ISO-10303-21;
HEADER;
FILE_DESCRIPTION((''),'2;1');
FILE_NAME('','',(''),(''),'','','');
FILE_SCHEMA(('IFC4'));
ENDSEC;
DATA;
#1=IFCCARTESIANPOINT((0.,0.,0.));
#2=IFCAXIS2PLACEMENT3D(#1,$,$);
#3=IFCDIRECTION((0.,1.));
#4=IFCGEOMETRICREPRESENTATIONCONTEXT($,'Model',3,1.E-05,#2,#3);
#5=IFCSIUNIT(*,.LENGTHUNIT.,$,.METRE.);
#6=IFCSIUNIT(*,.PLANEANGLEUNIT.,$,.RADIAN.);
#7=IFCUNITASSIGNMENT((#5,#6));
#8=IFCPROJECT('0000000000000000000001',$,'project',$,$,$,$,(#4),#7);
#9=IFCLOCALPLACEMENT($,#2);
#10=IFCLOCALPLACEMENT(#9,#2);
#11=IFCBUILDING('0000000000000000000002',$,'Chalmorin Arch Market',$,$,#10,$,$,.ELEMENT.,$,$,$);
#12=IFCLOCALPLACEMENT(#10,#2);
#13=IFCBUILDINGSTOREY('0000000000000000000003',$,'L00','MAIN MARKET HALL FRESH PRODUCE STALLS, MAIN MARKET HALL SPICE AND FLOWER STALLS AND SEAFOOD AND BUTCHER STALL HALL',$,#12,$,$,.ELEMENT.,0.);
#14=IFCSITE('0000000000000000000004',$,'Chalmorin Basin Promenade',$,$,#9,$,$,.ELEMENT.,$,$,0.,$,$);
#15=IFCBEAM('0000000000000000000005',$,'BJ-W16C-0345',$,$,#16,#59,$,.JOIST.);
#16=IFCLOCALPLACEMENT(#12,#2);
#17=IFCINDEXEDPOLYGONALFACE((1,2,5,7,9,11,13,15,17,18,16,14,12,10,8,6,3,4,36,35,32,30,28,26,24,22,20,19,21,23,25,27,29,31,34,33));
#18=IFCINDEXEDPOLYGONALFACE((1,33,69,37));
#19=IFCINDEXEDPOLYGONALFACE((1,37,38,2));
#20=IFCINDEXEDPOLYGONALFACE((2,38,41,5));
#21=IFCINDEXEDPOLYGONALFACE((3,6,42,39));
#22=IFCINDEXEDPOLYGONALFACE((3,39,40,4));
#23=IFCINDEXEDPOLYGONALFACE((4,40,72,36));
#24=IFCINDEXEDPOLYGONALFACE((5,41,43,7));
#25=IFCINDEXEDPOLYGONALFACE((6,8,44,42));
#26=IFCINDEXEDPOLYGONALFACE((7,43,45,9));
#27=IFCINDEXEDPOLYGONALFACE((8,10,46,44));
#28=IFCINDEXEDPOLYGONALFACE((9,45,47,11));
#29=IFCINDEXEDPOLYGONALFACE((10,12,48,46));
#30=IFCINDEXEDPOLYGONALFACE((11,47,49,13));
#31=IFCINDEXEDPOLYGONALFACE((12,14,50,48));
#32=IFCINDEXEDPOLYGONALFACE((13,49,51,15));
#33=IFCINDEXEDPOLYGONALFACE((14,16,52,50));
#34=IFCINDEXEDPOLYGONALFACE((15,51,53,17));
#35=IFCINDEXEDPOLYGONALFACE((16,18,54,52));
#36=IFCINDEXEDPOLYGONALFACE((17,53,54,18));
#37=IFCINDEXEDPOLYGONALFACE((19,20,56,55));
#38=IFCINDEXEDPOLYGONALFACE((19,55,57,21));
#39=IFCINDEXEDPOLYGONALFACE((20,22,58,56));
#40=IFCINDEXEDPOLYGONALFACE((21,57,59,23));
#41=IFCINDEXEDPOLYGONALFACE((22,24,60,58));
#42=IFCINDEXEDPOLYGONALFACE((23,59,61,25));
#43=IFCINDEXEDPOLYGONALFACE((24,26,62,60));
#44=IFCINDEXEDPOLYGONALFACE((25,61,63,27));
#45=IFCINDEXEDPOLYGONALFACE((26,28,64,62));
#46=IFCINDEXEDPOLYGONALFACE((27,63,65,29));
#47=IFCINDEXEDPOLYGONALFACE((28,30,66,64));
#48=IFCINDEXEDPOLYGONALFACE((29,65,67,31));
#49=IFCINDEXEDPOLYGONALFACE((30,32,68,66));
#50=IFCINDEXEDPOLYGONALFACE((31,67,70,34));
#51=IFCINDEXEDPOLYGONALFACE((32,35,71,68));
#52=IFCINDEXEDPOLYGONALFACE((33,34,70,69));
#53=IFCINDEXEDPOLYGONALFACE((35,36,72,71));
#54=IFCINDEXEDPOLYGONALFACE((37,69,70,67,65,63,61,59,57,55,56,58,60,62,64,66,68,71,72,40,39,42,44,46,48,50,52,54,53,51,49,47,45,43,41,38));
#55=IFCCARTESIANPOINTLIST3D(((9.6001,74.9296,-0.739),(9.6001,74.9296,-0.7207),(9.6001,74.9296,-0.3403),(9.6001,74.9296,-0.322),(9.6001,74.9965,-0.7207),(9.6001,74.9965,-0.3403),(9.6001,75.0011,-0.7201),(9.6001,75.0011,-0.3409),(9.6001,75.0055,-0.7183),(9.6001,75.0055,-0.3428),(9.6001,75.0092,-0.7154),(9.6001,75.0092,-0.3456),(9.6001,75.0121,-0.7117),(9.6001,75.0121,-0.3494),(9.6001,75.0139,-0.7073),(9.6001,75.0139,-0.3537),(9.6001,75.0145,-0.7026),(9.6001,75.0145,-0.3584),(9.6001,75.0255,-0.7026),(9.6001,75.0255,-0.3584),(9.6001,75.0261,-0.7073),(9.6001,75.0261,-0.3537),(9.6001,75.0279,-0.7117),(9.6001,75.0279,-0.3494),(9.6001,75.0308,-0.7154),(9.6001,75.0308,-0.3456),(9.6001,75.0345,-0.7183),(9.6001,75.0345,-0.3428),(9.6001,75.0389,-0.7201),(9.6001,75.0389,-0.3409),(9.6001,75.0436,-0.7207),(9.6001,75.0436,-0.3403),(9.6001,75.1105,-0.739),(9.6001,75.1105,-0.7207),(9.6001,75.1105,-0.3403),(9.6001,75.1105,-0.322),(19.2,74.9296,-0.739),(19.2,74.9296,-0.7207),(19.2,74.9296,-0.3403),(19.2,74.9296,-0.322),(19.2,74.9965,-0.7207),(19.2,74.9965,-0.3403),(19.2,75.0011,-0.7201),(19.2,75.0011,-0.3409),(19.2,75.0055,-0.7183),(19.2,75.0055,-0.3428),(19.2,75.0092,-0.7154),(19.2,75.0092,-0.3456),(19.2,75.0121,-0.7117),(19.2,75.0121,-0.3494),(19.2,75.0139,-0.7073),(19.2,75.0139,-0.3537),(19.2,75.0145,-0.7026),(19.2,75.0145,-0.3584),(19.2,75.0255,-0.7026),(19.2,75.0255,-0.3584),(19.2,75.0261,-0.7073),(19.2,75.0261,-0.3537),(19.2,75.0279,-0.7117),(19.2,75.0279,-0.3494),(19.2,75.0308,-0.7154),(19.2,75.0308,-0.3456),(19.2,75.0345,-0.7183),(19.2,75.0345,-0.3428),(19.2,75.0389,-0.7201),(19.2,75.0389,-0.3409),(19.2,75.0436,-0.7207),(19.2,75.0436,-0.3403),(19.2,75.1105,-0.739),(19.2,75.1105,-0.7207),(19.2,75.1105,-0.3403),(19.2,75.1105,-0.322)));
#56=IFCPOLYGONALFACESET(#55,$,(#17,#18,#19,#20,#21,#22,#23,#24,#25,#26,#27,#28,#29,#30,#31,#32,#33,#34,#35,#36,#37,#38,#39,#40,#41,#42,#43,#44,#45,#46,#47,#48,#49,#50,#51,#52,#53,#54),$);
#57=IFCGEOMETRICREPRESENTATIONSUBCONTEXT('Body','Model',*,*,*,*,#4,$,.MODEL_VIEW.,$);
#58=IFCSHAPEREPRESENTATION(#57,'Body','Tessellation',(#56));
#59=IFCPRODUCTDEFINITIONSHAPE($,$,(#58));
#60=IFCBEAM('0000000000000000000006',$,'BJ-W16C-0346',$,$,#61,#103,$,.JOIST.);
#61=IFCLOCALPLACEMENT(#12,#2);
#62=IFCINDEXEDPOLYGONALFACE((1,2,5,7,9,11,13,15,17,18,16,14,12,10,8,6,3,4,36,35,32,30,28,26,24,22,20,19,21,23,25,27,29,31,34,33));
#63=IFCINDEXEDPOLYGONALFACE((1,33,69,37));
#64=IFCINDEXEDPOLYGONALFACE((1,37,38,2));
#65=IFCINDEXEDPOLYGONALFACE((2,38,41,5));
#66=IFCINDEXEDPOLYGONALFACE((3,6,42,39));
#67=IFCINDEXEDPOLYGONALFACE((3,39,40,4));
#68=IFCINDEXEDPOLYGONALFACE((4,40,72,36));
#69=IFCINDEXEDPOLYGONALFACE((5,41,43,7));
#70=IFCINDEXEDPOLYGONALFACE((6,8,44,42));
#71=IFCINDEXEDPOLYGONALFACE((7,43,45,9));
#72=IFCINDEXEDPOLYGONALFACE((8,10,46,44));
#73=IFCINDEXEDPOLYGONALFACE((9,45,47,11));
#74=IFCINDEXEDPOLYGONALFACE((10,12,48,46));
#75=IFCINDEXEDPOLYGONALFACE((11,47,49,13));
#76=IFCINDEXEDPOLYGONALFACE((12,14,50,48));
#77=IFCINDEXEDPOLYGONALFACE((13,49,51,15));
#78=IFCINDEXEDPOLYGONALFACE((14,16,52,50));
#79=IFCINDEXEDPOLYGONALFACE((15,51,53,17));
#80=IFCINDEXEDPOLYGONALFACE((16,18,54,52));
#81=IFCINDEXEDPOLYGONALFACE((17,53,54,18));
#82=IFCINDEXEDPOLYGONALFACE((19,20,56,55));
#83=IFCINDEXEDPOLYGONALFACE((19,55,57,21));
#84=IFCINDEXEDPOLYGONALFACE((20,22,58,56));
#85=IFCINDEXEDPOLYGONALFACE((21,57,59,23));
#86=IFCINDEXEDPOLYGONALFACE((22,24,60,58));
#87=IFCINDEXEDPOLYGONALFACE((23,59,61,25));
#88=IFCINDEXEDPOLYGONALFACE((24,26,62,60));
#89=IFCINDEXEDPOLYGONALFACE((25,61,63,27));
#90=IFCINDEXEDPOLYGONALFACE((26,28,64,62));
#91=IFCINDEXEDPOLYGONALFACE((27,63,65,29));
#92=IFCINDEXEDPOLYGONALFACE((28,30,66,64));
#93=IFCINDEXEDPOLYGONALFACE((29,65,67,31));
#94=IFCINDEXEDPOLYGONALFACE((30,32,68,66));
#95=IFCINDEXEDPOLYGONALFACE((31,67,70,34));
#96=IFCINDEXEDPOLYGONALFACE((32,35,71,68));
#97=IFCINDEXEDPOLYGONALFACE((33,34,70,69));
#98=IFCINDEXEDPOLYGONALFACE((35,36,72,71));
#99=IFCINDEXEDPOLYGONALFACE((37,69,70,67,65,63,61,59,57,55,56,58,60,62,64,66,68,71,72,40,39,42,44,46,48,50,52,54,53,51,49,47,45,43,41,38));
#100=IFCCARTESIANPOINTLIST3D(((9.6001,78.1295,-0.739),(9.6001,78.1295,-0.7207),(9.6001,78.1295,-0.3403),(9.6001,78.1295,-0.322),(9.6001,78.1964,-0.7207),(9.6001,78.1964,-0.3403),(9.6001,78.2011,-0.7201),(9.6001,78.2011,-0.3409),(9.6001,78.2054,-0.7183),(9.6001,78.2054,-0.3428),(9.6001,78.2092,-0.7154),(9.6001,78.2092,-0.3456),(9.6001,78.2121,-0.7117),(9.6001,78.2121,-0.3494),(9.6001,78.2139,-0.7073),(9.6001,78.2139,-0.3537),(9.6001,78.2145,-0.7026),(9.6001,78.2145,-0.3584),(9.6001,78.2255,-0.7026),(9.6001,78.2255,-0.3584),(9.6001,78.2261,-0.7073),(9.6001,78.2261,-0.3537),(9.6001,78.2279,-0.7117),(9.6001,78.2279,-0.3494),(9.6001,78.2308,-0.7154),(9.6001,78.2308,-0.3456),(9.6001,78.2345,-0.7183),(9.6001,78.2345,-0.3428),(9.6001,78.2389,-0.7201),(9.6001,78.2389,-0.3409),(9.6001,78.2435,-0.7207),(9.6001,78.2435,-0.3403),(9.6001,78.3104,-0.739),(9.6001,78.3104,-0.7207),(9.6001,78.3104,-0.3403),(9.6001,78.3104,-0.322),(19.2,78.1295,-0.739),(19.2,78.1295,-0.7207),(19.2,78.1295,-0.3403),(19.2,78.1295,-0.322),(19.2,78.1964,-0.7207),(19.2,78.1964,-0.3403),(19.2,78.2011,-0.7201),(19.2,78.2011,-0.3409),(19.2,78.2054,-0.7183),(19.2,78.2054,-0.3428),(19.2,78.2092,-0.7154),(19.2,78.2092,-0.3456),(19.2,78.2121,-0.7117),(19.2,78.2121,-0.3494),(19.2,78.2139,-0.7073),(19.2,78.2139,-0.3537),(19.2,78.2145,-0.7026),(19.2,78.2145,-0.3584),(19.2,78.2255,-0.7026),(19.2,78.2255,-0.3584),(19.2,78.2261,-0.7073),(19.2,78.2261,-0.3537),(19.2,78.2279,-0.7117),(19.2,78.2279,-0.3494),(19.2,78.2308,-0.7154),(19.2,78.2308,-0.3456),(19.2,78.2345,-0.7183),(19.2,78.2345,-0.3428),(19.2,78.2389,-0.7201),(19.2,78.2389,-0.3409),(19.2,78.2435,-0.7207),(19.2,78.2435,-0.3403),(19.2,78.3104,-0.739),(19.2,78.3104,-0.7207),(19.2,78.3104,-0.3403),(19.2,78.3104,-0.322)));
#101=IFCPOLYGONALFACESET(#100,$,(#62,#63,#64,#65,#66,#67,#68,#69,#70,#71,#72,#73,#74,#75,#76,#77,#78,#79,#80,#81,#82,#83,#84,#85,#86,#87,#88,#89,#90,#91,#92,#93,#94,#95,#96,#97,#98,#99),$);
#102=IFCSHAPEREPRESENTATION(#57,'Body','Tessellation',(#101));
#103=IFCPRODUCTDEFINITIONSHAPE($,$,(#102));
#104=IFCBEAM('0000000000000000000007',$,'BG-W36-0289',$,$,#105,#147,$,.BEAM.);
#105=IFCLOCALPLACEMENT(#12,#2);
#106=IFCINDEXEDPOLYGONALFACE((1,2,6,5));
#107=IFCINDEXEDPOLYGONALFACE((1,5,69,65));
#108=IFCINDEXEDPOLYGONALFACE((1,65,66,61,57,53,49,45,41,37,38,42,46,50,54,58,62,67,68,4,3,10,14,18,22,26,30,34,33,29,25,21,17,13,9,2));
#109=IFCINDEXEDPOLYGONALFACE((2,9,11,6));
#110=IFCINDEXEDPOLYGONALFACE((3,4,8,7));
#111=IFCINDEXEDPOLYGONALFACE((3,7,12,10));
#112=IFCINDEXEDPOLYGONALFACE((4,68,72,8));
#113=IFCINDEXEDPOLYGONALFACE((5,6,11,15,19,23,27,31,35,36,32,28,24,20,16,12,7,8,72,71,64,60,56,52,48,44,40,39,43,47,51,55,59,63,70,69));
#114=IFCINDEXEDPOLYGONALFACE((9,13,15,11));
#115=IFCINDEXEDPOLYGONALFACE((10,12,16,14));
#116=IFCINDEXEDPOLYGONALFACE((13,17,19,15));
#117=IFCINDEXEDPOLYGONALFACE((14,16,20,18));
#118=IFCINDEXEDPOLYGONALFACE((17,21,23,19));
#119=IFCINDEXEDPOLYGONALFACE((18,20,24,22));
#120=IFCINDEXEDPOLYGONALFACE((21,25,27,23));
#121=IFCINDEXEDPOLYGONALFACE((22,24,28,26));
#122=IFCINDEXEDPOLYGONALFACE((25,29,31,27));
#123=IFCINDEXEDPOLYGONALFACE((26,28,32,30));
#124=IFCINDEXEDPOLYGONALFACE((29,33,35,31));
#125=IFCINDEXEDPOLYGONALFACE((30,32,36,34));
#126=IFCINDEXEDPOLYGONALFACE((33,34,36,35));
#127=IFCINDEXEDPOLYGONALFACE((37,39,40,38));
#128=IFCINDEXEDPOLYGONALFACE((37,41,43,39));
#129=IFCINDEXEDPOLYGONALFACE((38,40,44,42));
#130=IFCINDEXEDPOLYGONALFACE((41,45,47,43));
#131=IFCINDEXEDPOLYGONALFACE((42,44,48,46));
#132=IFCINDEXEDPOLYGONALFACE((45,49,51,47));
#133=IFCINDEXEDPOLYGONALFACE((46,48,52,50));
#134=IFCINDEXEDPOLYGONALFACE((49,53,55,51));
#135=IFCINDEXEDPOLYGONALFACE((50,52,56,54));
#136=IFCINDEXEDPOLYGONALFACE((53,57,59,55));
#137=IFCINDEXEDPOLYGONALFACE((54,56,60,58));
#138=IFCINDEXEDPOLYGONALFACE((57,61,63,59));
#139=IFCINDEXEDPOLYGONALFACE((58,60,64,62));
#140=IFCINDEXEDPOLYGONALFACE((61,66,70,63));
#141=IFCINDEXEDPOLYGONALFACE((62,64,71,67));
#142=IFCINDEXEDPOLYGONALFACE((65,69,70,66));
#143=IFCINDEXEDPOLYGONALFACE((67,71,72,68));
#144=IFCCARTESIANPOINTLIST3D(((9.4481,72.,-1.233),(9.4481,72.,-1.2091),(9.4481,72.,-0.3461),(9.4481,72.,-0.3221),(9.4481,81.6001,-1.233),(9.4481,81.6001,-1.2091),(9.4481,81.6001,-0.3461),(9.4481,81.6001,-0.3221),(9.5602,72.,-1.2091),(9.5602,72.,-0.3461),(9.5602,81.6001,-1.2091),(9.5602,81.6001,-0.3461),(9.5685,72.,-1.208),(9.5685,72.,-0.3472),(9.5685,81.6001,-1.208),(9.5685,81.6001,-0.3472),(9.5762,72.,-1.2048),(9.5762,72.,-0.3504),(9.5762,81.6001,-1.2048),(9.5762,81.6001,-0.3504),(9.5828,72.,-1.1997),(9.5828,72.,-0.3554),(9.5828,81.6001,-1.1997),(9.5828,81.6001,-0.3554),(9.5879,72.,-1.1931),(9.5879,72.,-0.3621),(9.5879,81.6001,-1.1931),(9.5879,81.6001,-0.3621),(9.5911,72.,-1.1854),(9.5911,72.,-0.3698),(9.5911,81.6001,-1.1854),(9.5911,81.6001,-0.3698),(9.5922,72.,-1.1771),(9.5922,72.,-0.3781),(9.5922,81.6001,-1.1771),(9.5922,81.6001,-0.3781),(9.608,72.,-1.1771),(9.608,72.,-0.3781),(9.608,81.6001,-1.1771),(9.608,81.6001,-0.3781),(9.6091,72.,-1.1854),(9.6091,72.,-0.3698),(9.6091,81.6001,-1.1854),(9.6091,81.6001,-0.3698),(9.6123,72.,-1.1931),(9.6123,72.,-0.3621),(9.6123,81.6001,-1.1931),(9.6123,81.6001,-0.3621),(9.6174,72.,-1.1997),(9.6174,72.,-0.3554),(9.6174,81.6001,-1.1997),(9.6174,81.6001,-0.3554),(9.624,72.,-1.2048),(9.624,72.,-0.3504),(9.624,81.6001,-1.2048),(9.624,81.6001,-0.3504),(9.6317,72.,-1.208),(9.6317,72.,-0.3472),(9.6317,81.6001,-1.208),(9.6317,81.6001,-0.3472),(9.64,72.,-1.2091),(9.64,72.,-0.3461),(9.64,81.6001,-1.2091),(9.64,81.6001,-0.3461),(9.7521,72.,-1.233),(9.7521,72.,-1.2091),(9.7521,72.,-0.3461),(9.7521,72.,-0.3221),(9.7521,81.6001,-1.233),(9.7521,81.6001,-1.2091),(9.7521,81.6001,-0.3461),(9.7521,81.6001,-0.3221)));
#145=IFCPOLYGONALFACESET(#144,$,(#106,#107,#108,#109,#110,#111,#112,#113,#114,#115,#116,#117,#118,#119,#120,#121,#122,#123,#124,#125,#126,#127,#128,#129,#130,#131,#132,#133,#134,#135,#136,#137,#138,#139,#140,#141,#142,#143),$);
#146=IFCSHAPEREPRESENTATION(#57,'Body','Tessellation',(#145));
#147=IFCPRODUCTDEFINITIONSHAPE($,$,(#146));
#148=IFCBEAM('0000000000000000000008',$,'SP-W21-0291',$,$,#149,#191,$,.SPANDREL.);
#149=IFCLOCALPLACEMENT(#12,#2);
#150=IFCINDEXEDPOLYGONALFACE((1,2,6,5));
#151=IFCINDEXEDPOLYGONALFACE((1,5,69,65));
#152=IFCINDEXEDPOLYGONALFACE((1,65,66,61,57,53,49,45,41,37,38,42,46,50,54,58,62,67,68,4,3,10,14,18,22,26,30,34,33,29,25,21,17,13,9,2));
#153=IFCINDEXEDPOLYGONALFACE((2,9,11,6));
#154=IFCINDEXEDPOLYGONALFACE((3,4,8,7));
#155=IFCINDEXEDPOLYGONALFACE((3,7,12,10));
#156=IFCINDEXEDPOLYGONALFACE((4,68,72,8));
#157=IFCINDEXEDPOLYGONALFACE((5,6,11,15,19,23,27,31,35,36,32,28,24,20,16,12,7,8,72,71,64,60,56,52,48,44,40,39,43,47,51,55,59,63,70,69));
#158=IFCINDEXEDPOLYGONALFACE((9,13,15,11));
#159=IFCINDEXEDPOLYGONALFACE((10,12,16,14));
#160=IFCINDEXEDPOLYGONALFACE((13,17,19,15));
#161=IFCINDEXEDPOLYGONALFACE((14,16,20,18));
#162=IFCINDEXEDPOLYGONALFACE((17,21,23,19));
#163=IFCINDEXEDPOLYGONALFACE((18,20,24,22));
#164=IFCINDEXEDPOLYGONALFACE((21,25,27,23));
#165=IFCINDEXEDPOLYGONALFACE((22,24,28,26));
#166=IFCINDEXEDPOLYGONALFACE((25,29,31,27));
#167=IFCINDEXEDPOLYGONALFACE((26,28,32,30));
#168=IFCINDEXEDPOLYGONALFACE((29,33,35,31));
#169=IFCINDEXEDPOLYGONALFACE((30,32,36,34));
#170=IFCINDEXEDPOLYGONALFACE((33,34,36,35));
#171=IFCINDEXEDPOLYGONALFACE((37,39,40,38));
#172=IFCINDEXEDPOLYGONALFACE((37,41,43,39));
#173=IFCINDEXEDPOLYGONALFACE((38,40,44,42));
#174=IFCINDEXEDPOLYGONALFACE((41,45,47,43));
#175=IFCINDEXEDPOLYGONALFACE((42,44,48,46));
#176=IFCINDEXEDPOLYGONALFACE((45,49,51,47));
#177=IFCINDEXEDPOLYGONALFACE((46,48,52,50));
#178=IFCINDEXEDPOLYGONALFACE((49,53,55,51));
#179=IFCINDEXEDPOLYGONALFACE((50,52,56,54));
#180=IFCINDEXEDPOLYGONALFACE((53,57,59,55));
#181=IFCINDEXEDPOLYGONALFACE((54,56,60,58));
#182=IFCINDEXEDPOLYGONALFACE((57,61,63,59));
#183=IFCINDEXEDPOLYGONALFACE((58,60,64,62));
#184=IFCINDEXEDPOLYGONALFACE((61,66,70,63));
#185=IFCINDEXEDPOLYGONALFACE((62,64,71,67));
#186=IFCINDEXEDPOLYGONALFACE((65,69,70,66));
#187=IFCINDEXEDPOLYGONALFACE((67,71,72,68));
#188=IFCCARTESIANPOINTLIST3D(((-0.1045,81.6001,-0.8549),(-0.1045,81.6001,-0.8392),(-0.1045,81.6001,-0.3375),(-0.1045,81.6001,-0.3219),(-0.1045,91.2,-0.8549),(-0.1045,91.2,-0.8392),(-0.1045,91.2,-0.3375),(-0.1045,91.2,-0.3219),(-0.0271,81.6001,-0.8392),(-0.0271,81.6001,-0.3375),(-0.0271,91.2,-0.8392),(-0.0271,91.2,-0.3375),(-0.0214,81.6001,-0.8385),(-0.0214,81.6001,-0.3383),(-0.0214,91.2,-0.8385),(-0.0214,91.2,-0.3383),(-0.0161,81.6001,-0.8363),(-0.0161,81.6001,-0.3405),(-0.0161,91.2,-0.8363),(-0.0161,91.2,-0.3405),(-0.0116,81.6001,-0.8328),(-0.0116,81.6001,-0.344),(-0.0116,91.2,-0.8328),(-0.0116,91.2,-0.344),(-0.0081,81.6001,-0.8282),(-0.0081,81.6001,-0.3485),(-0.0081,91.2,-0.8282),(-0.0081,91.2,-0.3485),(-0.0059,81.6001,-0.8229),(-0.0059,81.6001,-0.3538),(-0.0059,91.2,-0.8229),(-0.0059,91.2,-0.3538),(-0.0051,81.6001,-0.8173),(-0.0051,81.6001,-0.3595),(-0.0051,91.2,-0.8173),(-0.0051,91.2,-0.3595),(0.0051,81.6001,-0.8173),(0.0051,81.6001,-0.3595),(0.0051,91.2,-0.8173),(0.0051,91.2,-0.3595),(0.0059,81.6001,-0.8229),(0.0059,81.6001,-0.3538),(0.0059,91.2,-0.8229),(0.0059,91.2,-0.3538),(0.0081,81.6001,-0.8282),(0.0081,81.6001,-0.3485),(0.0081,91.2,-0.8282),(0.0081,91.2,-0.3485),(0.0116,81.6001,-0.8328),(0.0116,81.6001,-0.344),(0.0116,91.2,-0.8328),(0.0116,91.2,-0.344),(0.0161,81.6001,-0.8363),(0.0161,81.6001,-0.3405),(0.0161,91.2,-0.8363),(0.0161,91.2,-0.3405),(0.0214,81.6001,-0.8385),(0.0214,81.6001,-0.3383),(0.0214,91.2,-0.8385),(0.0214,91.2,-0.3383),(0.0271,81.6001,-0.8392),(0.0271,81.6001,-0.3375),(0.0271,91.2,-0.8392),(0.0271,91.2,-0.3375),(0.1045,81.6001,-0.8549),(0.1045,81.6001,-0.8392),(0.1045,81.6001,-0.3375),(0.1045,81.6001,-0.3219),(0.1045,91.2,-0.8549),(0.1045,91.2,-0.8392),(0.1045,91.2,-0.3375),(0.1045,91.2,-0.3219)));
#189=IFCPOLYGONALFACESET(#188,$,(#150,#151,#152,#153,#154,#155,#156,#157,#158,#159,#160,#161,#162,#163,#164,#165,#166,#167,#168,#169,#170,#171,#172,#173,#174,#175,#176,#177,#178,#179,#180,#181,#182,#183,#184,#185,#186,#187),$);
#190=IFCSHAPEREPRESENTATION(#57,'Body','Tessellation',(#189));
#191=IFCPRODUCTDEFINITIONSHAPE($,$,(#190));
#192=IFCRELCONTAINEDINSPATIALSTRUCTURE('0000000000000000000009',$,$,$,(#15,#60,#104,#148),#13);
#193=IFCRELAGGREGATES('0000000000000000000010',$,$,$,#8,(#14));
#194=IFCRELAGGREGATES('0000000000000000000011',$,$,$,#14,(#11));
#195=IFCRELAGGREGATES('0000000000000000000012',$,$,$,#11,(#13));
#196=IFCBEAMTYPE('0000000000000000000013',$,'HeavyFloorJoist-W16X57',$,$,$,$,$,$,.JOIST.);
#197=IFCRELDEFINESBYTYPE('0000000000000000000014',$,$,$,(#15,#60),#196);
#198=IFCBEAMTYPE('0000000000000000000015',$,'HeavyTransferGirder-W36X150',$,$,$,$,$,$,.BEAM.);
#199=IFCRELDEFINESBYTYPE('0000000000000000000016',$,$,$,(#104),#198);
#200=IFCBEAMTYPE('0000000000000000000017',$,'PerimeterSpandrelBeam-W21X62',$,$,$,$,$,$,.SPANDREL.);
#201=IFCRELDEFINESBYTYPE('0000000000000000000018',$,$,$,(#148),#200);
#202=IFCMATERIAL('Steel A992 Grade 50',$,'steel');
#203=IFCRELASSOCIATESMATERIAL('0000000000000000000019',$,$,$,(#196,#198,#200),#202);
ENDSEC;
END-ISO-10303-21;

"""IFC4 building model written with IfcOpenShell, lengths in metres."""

from ifc_helpers import new_model, si_unit, direction, frame, origin, origin_2d, place, context, subcontext, project, spatial, i_section, extrude, material, material_profile, profile_set, type_object, element, save


model = new_model("IFC4")

# Units and contexts
model_context = context("Model", 3, precision=1e-05, world=origin(), true_north=direction((0.0, 1.0)))
body_context = subcontext(model_context, "Body", "Model", "MODEL_VIEW")
ifc_project = project(units=[si_unit("LENGTHUNIT", "METRE"), si_unit("PLANEANGLEUNIT", "RADIAN")], contexts=[model_context])

# Site, building, storey
site_placement = place(None, origin())
site = spatial("IfcSite", under=ifc_project, at=site_placement, Name="Chalmorin Basin Promenade", CompositionType="ELEMENT", RefElevation=0.0)
building_placement = place(site_placement, origin())
building = spatial("IfcBuilding", under=site, at=building_placement, Name="Chalmorin Arch Market", CompositionType="ELEMENT")
storey_placement = place(building_placement, origin())
storey = spatial("IfcBuildingStorey", under=building, at=storey_placement, Name="L00", Description="MAIN MARKET HALL FRESH PRODUCE STALLS, MAIN MARKET HALL SPICE AND FLOWER STALLS AND SEAFOOD AND BUTCHER STALL HALL", CompositionType="ELEMENT", Elevation=0.0)

# Beams
ifc_material_1 = material(Name="Steel A992 Grade 50", Category="steel")
ifc_material_profile_1 = material_profile(ifc_material_1, i_section(OverallWidth=0.1809, OverallDepth=0.417, WebThickness=0.011, FlangeThickness=0.0183, FilletRadius=0.0181, at=origin_2d()), Name="W16X57")
ifc_profile_set_1 = profile_set([ifc_material_profile_1], Name="Steel A992 Grade 50")
beam_type_1 = type_object("IfcBeamType", Name="HeavyFloorJoist-W16X57", PredefinedType="JOIST", material=ifc_profile_set_1)
for number, where, z_axis, x_axis, name in (
    (1, (9.6001, 75.02, -0.5305), (1.0, 0.0, 0.0), (0.0, 1.0, 0.0), "BJ-W16C-0345"),
    (2, (9.6001, 78.22, -0.5305), (1.0, 0.0, 0.0), (0.0, 1.0, 0.0), "BJ-W16C-0346"),
):
    element("IfcBeam", number, at=place(storey_placement, frame(where, z_axis=z_axis, x_axis=x_axis)), inside=storey, type_object=beam_type_1, Name=name, PredefinedType="JOIST", context=body_context, shape_type="SweptSolid", body=[
        extrude(i_section(OverallWidth=0.1809, OverallDepth=0.417, WebThickness=0.011, FlangeThickness=0.0183, FilletRadius=0.0181, at=origin_2d()), origin(), (0.0, 0.0, 1.0), 9.5999),
    ])
ifc_material_profile_2 = material_profile(ifc_material_1, i_section(OverallWidth=0.304, OverallDepth=0.9109, WebThickness=0.0159, FlangeThickness=0.0239, FilletRadius=0.032, at=origin_2d()), Name="W36X150")
ifc_profile_set_2 = profile_set([ifc_material_profile_2], Name="Steel A992 Grade 50")
beam_type_2 = type_object("IfcBeamType", Name="HeavyTransferGirder-W36X150", PredefinedType="BEAM", material=ifc_profile_set_2)
beam_1_placement = place(storey_placement, frame((9.6001, 72.0, -0.7776), z_axis=(0.0, 1.0, 0.0), x_axis=(-1.0, 0.0, 0.0)))
element("IfcBeam", 3, at=beam_1_placement, inside=storey, type_object=beam_type_2, Name="BG-W36-0289", PredefinedType="BEAM", context=body_context, shape_type="SweptSolid", body=[
    extrude(i_section(OverallWidth=0.304, OverallDepth=0.9109, WebThickness=0.0159, FlangeThickness=0.0239, FilletRadius=0.032, at=origin_2d()), origin(), (0.0, 0.0, 1.0), 9.6001),
])
ifc_material_profile_3 = material_profile(ifc_material_1, i_section(OverallWidth=0.209, OverallDepth=0.533, WebThickness=0.0103, FlangeThickness=0.0156, FilletRadius=0.022, at=origin_2d()), Name="W21X62")
ifc_profile_set_3 = profile_set([ifc_material_profile_3], Name="Steel A992 Grade 50")
beam_type_3 = type_object("IfcBeamType", Name="PerimeterSpandrelBeam-W21X62", PredefinedType="SPANDREL", material=ifc_profile_set_3)
for number, where, z_axis, x_axis, name in (
    (4, (0.0, 81.6001, -0.5884), (0.0, 1.0, 0.0), (-1.0, 0.0, 0.0), "SP-W21-0291"),
):
    element("IfcBeam", number, at=place(storey_placement, frame(where, z_axis=z_axis, x_axis=x_axis)), inside=storey, type_object=beam_type_3, Name=name, PredefinedType="SPANDREL", context=body_context, shape_type="SweptSolid", body=[
        extrude(i_section(OverallWidth=0.209, OverallDepth=0.533, WebThickness=0.0103, FlangeThickness=0.0156, FilletRadius=0.022, at=origin_2d()), origin(), (0.0, 0.0, 1.0), 9.5999),
    ])

save(model, "model.ifc")
